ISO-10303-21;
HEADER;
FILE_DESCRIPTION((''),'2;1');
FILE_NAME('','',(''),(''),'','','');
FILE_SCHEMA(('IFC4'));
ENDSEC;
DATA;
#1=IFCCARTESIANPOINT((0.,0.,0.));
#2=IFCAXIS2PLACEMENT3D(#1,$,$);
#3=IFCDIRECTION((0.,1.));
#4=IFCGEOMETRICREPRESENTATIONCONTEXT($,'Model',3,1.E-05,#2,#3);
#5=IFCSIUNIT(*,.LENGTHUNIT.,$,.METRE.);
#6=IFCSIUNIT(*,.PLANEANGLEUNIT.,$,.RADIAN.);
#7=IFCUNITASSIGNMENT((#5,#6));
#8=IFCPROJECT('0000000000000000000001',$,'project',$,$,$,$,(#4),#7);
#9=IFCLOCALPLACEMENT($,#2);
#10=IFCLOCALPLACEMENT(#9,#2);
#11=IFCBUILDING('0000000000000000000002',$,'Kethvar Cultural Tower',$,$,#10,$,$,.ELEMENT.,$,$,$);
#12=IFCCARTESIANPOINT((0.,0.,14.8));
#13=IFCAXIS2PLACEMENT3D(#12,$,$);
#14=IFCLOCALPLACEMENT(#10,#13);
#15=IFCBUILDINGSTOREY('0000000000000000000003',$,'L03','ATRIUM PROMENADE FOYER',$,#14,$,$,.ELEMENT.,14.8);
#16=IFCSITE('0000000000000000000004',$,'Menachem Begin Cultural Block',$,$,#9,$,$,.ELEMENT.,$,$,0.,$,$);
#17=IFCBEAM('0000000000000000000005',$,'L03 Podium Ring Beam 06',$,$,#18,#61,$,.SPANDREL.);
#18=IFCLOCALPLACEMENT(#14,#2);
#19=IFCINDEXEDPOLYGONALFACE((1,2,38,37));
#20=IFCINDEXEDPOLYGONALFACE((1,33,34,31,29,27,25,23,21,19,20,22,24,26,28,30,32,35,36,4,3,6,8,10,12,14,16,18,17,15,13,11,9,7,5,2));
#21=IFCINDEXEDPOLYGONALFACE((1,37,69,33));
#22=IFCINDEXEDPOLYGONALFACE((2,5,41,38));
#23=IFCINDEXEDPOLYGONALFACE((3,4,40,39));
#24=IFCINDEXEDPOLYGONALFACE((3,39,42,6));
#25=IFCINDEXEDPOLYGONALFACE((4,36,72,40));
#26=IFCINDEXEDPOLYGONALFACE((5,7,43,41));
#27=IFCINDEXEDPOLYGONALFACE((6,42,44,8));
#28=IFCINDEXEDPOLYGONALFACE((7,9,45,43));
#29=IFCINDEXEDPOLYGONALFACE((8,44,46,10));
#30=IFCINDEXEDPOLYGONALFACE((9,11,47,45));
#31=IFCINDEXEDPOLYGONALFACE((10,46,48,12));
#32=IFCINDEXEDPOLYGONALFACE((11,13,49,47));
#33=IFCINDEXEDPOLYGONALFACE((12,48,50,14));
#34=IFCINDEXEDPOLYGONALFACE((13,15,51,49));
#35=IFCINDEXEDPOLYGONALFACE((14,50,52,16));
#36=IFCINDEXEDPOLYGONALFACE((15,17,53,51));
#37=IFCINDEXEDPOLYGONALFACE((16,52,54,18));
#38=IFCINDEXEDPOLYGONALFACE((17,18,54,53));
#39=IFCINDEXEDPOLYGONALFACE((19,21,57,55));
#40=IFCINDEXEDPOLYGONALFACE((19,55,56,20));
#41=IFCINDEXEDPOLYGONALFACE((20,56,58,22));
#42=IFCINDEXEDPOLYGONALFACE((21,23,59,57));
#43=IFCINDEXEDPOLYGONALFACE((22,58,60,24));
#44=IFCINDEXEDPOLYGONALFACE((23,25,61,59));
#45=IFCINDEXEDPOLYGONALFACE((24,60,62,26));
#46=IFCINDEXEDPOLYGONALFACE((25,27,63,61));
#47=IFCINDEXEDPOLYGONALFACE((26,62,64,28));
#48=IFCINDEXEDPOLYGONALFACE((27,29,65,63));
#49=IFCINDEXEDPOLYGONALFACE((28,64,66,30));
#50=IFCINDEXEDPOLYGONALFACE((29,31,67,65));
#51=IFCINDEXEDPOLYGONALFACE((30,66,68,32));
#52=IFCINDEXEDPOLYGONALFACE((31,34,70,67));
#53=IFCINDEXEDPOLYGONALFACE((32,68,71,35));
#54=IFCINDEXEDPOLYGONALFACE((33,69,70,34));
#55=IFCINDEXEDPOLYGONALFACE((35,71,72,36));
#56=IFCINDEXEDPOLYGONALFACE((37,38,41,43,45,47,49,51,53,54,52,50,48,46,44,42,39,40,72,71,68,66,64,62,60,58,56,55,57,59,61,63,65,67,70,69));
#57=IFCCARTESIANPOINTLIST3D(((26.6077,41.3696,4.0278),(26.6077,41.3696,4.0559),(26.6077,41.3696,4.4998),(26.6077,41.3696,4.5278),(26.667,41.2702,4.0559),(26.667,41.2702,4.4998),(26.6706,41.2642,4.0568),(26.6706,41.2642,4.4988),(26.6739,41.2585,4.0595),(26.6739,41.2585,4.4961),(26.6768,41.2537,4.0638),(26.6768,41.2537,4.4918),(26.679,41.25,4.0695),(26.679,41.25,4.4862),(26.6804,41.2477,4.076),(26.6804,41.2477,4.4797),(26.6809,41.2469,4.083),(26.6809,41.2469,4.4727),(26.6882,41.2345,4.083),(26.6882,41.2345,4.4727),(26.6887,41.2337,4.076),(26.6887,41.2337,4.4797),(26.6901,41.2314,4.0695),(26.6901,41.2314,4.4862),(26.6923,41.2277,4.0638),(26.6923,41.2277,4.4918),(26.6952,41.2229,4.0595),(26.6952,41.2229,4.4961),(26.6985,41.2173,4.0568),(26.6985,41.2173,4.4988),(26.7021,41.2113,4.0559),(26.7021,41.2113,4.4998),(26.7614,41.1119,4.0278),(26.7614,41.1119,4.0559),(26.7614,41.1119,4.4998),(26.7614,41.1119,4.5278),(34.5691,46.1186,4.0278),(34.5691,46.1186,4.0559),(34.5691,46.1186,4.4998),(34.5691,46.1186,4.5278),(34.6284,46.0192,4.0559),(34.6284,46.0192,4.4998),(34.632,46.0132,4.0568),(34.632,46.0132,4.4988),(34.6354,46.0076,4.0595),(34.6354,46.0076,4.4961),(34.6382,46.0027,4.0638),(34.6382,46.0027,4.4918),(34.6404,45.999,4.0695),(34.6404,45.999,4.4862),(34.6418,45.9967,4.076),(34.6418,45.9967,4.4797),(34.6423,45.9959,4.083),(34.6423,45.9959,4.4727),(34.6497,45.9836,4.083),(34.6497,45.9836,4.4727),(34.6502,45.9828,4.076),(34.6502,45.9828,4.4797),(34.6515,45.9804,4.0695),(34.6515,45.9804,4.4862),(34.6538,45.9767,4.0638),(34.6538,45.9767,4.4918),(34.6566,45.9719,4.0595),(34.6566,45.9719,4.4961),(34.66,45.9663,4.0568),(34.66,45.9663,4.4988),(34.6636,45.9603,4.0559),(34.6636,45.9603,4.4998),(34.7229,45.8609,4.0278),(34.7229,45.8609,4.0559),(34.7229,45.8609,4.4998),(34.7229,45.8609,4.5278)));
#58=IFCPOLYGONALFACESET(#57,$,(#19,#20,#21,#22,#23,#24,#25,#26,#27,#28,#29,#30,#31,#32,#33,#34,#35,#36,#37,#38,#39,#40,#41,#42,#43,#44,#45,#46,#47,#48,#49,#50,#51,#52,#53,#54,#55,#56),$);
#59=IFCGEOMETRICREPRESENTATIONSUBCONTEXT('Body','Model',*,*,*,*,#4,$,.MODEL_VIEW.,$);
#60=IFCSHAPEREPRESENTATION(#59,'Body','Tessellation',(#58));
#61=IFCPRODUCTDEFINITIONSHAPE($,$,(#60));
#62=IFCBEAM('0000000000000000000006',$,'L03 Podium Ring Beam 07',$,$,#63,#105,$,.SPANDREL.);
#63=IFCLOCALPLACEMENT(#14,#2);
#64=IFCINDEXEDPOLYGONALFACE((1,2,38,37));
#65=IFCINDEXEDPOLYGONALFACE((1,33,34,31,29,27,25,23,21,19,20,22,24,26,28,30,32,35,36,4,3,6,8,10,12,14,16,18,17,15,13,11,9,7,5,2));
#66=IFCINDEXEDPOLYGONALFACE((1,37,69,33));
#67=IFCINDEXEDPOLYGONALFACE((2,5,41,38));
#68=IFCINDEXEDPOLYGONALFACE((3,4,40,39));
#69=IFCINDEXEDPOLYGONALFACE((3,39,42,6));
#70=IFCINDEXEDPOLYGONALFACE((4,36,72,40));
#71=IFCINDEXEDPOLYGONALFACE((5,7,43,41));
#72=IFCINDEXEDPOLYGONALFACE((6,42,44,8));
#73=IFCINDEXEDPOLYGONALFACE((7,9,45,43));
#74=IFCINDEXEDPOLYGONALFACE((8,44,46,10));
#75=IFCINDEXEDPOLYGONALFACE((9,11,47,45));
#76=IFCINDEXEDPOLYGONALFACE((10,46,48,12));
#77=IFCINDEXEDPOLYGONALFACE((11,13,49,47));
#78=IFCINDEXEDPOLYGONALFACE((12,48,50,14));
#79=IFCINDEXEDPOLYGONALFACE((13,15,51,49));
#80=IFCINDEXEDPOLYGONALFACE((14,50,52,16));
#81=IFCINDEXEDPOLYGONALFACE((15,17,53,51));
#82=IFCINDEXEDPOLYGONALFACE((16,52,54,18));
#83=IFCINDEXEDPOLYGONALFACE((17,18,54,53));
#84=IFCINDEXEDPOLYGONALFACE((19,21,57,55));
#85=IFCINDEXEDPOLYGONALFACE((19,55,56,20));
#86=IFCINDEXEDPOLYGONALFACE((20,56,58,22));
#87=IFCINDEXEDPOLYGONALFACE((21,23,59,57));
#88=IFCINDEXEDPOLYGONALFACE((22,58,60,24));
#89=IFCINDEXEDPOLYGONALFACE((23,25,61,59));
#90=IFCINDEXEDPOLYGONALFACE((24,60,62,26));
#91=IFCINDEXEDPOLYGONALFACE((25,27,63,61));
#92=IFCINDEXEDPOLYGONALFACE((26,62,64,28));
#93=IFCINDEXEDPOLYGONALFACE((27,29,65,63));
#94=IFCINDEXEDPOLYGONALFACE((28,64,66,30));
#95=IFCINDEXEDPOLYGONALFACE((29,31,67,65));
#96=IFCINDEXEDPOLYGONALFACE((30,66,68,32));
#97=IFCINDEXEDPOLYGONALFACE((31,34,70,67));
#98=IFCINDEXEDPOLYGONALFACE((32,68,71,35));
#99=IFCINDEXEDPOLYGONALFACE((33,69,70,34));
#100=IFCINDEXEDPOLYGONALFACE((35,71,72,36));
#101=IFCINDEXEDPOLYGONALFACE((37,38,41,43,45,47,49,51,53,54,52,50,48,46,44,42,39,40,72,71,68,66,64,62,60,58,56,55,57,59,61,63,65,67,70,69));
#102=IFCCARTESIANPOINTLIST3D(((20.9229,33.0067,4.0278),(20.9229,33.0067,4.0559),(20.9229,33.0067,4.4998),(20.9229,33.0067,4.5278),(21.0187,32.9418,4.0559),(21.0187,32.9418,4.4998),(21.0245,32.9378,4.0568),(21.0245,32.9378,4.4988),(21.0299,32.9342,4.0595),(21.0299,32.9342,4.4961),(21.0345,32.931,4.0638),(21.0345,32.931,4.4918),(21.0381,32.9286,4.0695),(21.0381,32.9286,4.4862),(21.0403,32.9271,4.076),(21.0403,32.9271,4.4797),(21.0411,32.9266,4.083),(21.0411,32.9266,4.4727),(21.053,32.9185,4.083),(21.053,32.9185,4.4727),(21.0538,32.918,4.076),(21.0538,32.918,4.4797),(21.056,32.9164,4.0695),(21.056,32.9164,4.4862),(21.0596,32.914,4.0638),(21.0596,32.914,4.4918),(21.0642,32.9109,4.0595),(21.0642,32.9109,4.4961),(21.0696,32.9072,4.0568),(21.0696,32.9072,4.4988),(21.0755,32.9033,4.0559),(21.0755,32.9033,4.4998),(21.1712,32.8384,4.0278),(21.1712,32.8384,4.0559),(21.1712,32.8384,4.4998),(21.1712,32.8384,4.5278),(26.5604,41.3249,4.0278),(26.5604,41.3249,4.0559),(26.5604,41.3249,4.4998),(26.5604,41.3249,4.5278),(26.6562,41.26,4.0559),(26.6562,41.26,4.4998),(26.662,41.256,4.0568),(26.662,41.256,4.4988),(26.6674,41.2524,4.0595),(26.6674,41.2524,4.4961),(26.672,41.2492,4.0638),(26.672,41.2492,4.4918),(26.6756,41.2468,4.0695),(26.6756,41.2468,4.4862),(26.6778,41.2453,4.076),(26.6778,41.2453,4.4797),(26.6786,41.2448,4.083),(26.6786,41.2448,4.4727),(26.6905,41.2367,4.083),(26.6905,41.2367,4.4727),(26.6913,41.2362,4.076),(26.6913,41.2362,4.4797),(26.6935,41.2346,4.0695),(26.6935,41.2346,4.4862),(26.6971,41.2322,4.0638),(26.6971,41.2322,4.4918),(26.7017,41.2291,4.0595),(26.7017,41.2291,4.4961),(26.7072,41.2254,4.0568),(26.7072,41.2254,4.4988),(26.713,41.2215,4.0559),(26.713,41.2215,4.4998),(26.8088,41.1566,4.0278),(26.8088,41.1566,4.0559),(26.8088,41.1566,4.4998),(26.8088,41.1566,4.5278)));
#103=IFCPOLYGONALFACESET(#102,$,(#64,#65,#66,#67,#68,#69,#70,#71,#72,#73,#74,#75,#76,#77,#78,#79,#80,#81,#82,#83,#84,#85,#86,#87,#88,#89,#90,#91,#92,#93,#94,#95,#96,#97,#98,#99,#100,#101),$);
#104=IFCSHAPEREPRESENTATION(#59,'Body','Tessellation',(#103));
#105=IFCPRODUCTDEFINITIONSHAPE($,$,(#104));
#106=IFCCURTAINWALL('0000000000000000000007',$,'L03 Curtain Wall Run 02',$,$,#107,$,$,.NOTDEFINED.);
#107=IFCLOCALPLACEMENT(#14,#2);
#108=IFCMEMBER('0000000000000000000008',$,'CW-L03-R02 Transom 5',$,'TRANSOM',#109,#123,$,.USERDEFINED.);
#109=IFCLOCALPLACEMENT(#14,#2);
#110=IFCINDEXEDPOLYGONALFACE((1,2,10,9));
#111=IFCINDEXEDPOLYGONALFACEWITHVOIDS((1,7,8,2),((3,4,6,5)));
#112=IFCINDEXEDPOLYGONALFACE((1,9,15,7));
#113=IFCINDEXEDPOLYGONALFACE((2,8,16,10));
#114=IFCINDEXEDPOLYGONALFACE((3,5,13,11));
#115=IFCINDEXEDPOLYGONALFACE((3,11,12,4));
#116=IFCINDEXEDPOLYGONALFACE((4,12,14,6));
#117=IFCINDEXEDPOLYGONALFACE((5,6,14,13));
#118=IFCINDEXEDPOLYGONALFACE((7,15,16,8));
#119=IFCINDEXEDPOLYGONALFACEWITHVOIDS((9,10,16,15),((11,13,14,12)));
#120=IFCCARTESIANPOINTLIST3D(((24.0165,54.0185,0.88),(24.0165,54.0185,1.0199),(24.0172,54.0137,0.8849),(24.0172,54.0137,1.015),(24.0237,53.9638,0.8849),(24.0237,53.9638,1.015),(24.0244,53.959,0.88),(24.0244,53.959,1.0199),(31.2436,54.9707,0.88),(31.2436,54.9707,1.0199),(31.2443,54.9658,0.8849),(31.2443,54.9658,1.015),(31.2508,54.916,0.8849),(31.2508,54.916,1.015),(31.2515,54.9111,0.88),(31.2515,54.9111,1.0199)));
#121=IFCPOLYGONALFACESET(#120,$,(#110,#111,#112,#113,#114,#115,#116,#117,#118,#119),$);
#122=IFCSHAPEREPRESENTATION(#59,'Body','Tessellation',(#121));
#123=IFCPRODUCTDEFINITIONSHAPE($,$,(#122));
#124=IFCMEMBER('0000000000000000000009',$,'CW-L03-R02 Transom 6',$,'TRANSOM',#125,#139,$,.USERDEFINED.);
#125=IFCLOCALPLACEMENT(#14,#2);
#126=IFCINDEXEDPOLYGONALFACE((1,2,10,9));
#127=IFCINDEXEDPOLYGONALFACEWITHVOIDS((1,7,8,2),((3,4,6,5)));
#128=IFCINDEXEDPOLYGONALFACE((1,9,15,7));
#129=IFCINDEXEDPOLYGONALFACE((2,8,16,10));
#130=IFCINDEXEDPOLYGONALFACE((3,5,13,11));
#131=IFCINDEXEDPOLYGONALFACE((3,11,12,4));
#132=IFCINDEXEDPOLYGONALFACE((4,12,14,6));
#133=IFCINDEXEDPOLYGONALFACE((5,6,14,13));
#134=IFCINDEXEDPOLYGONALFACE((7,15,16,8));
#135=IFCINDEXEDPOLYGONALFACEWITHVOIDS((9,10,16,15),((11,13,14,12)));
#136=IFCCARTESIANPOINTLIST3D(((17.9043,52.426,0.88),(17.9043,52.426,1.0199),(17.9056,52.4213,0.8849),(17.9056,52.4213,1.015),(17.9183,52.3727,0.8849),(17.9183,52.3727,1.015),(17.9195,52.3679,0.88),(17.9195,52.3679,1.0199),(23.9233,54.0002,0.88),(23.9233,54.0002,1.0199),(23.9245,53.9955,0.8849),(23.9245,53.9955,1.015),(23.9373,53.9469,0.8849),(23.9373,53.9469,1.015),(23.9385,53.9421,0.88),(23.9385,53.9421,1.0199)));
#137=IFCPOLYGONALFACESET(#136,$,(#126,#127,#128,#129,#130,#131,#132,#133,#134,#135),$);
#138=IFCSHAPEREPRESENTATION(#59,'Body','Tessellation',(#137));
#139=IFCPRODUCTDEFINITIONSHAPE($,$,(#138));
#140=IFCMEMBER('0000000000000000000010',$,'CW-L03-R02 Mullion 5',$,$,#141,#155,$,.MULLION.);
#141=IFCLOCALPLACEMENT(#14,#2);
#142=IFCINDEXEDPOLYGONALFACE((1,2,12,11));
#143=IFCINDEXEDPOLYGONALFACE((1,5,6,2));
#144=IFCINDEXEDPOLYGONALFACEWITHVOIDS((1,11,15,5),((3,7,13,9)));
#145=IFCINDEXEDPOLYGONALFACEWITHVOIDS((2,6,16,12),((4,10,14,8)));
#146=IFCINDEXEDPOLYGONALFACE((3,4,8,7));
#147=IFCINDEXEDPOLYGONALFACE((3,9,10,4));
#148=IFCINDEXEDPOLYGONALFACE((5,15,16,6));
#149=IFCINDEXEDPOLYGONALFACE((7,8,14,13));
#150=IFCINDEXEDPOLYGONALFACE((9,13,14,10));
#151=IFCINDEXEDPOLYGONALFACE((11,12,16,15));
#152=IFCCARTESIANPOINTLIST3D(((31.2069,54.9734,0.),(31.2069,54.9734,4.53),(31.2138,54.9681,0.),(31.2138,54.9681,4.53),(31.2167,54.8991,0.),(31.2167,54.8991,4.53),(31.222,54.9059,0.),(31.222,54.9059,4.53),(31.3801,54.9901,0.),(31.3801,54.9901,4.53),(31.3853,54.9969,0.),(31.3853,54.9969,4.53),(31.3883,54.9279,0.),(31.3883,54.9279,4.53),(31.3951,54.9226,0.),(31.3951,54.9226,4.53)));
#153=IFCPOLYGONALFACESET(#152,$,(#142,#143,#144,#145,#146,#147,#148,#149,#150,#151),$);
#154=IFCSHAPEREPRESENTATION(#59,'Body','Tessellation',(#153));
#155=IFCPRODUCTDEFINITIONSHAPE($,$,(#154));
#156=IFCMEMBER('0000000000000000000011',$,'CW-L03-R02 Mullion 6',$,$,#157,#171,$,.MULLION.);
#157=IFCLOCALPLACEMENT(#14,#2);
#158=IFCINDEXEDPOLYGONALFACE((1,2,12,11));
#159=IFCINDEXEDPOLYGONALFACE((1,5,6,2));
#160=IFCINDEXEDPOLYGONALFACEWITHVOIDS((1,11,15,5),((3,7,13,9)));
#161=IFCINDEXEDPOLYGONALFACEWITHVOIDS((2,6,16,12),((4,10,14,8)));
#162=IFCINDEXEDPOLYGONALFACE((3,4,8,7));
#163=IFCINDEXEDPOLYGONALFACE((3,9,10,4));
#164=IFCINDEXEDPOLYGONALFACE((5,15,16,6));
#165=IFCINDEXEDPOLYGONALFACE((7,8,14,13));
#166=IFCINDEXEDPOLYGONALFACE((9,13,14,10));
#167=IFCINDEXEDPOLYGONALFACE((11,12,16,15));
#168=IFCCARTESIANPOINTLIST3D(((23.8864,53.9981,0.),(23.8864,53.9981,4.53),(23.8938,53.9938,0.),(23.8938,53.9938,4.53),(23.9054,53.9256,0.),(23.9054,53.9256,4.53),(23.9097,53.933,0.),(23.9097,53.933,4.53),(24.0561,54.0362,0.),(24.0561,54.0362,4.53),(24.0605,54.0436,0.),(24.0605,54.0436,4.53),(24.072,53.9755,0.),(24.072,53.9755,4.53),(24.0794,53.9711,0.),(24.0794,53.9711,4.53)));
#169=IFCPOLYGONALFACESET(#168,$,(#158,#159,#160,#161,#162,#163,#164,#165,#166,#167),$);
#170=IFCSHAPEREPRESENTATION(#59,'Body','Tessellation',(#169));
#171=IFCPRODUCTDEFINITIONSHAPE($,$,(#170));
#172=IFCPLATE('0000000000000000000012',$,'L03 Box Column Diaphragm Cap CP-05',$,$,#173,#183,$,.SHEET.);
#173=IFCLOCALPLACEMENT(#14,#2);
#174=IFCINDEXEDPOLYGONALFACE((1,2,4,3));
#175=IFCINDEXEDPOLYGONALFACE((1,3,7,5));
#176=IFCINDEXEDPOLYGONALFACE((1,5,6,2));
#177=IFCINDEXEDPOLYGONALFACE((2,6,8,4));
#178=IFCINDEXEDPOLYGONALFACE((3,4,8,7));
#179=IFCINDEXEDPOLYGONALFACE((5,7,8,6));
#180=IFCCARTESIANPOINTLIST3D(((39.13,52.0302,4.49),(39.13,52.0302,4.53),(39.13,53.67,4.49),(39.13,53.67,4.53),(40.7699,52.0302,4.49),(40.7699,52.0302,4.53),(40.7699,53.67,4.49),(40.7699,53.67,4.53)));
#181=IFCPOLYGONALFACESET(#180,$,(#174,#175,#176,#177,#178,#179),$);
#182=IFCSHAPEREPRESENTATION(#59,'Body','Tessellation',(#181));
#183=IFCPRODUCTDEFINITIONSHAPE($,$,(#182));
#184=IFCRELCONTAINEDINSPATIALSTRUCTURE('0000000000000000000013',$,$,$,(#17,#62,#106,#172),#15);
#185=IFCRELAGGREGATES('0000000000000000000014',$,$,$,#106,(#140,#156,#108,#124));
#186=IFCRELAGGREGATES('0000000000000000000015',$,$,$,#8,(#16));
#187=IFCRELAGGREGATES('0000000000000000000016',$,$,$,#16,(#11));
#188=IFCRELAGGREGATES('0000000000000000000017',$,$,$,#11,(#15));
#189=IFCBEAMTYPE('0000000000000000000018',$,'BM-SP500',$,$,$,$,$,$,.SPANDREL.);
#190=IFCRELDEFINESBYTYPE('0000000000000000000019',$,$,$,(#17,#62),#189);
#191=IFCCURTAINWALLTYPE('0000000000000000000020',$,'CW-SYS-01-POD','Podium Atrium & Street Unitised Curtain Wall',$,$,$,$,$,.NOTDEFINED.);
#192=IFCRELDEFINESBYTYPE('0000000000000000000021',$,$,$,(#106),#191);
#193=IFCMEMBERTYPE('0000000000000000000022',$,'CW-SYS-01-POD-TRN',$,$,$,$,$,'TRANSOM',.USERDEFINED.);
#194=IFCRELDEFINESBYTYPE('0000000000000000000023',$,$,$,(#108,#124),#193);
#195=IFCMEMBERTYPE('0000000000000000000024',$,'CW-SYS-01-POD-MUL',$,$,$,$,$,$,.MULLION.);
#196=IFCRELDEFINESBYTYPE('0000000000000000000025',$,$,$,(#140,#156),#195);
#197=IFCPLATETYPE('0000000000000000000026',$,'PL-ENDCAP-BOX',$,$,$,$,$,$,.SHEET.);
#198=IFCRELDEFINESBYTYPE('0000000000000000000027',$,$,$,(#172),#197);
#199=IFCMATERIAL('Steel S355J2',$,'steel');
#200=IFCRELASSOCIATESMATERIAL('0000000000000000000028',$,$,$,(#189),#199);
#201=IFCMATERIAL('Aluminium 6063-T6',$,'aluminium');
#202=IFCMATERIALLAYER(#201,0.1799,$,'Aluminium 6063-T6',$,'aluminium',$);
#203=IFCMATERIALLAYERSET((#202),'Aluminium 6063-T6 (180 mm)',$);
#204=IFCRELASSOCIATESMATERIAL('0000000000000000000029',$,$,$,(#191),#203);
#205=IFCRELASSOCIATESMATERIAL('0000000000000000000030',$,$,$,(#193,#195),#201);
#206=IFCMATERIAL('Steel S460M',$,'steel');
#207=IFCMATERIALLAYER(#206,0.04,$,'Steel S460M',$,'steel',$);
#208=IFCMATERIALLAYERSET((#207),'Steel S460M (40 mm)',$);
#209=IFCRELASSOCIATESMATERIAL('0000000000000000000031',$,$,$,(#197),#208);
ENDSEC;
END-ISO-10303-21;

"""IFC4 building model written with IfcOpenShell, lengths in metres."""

from ifc_helpers import new_model, si_unit, direction, frame, origin, origin_2d, place, context, subcontext, project, spatial, rectangle, hollow_rectangle, i_section, extrude, source, transform, mapped, material, layer, layer_set, material_profile, profile_set, type_object, element, aggregate, save


model = new_model("IFC4")

# Units and contexts
model_context = context("Model", 3, precision=1e-05, world=origin(), true_north=direction((0.0, 1.0)))
body_context = subcontext(model_context, "Body", "Model", "MODEL_VIEW")
ifc_project = project(units=[si_unit("LENGTHUNIT", "METRE"), si_unit("PLANEANGLEUNIT", "RADIAN")], contexts=[model_context])

# Site, building, storey
site_placement = place(None, origin())
site = spatial("IfcSite", under=ifc_project, at=site_placement, Name="Menachem Begin Cultural Block", CompositionType="ELEMENT", RefElevation=0.0)
building_placement = place(site_placement, origin())
building = spatial("IfcBuilding", under=site, at=building_placement, Name="Kethvar Cultural Tower", CompositionType="ELEMENT")
storey_placement = place(building_placement, frame((0.0, 0.0, 14.8)))
storey = spatial("IfcBuildingStorey", under=building, at=storey_placement, Name="L03", Description="ATRIUM PROMENADE FOYER", CompositionType="ELEMENT", Elevation=14.8)

# Shared definitions
ifc_material_1 = material(Name="Steel S460M", Category="steel")

# Beams
ifc_material_2 = material(Name="Steel S355J2", Category="steel")
ifc_material_profile_1 = material_profile(ifc_material_2, i_section(OverallWidth=0.3, OverallDepth=0.5, WebThickness=0.0144, FlangeThickness=0.0281, FilletRadius=0.0271, at=origin_2d()), Name="Steel S355J2 — HEB500")
ifc_profile_set_1 = profile_set([ifc_material_profile_1], Name="Steel S355J2 — HEB500")
beam_type = type_object("IfcBeamType", Name="BM-SP500", PredefinedType="SPANDREL", material=ifc_profile_set_1)
shared_shape_1 = source(origin(), body_context, "Body", "SweptSolid", [
    extrude(i_section(OverallWidth=0.3, OverallDepth=0.5, WebThickness=0.0144, FlangeThickness=0.0281, FilletRadius=0.0271, at=origin_2d()), origin(), (0.0, 0.0, 1.0), 9.2703),
])
beam_1_placement = place(storey_placement, frame((34.646, 45.9897, 4.2778), z_axis=(-0.858815, -0.512286, 0.0), x_axis=(0.512286, -0.858815, 0.0)))
element("IfcBeam", 1, at=beam_1_placement, inside=storey, type_object=beam_type, Name="L03 Podium Ring Beam 06", PredefinedType="SPANDREL", context=body_context, shape_type="MappedRepresentation", body=[
    mapped(shared_shape_1, transform((0.0, 0.0, 0.0), scale=1.0)),
])
shared_shape_2 = source(origin(), body_context, "Body", "SweptSolid", [
    extrude(i_section(OverallWidth=0.3, OverallDepth=0.5, WebThickness=0.0144, FlangeThickness=0.0281, FilletRadius=0.0271, at=origin_2d()), origin(), (0.0, 0.0, 1.0), 10.0486),
])
beam_2_placement = place(storey_placement, frame((26.6846, 41.2407, 4.2778), z_axis=(-0.561025, -0.827799, 0.0), x_axis=(0.827799, -0.561025, 0.0)))
element("IfcBeam", 2, at=beam_2_placement, inside=storey, type_object=beam_type, Name="L03 Podium Ring Beam 07", PredefinedType="SPANDREL", context=body_context, shape_type="MappedRepresentation", body=[
    mapped(shared_shape_2, transform((0.0, 0.0, 0.0), scale=1.0)),
])

# Curtain wall, members
ifc_material_3 = material(Name="Aluminium 6063-T6", Category="aluminium")
ifc_layer_1 = layer(ifc_material_3, 0.1799, Name="Aluminium 6063-T6", Category="aluminium")
ifc_layer_set_1 = layer_set([ifc_layer_1], Name="Aluminium 6063-T6 (180 mm)")
curtain_wall_type = type_object("IfcCurtainWallType", Name="CW-SYS-01-POD", Description="Podium Atrium & Street Unitised Curtain Wall", PredefinedType="NOTDEFINED", material=ifc_layer_set_1)
curtain_wall_placement = place(storey_placement, origin())
curtain_wall = element("IfcCurtainWall", 3, at=curtain_wall_placement, inside=storey, type_object=curtain_wall_type, Name="L03 Curtain Wall Run 02", PredefinedType="NOTDEFINED")
ifc_material_profile_2 = material_profile(ifc_material_3, hollow_rectangle(XDim=0.0601, YDim=0.1399, WallThickness=0.0049, at=origin_2d()), Name="Aluminium 6063-T6 — RHS140x60x5")
ifc_profile_set_2 = profile_set([ifc_material_profile_2], Name="Aluminium 6063-T6 — RHS140x60x5")
member_type_1 = type_object("IfcMemberType", Name="CW-SYS-01-POD-TRN", ElementType="TRANSOM", PredefinedType="USERDEFINED", material=ifc_profile_set_2)
shared_shape_3 = source(origin(), body_context, "Body", "SweptSolid", [
    extrude(hollow_rectangle(XDim=0.0601, YDim=0.1399, WallThickness=0.0049, at=origin_2d()), origin(), (0.0, 0.0, 1.0), 7.2896),
])
member_1_placement = place(storey_placement, frame((31.2476, 54.9409, 0.95), z_axis=(-0.991433, -0.130619, 0.0), x_axis=(0.130619, -0.991433, 0.0)))
member_1 = element("IfcMember", 4, at=member_1_placement, type_object=member_type_1, Name="CW-L03-R02 Transom 5", ObjectType="TRANSOM", PredefinedType="USERDEFINED", context=body_context, shape_type="MappedRepresentation", body=[
    mapped(shared_shape_3, transform((0.0, 0.0, 0.0), scale=1.0)),
])
shared_shape_4 = source(origin(), body_context, "Body", "SweptSolid", [
    extrude(hollow_rectangle(XDim=0.0601, YDim=0.1399, WallThickness=0.0049, at=origin_2d()), origin(), (0.0, 0.0, 1.0), 6.2214),
])
member_2_placement = place(storey_placement, frame((23.9309, 53.9712, 0.95), z_axis=(-0.967459, -0.253029, 0.0), x_axis=(0.253029, -0.967459, 0.0)))
member_2 = element("IfcMember", 5, at=member_2_placement, type_object=member_type_1, Name="CW-L03-R02 Transom 6", ObjectType="TRANSOM", PredefinedType="USERDEFINED", context=body_context, shape_type="MappedRepresentation", body=[
    mapped(shared_shape_4, transform((0.0, 0.0, 0.0), scale=1.0)),
])
ifc_material_profile_3 = material_profile(ifc_material_3, hollow_rectangle(XDim=0.075, YDim=0.1799, WallThickness=0.0061, at=origin_2d()), Name="Aluminium 6063-T6 — RHS180x75x6")
ifc_profile_set_3 = profile_set([ifc_material_profile_3], Name="Aluminium 6063-T6 — RHS180x75x6")
member_type_2 = type_object("IfcMemberType", Name="CW-SYS-01-POD-MUL", PredefinedType="MULLION", material=ifc_profile_set_3)
shared_shape_5 = source(origin(), body_context, "Body", "SweptSolid", [
    extrude(hollow_rectangle(XDim=0.075, YDim=0.1799, WallThickness=0.0061, at=origin_2d()), origin(), (0.0, 0.0, 1.0), 4.53),
])
member_3_placement = place(storey_placement, frame((31.301, 54.948, 0.0), z_axis=(0.0, 0.0, 1.0), x_axis=(0.130647, -0.991429, 0.0)))
member_3 = element("IfcMember", 6, at=member_3_placement, type_object=member_type_2, Name="CW-L03-R02 Mullion 5", PredefinedType="MULLION", context=body_context, shape_type="MappedRepresentation", body=[
    mapped(shared_shape_5, transform((0.0, 0.0, 0.0), scale=1.0)),
])
member_4_placement = place(storey_placement, frame((23.9829, 53.9846, 0.0), z_axis=(0.0, 0.0, 1.0), x_axis=(0.253032, -0.967458, 0.0)))
member_4 = element("IfcMember", 7, at=member_4_placement, type_object=member_type_2, Name="CW-L03-R02 Mullion 6", PredefinedType="MULLION", context=body_context, shape_type="MappedRepresentation", body=[
    mapped(shared_shape_5, transform((0.0, 0.0, 0.0), scale=1.0)),
])

# Plate
ifc_layer_2 = layer(ifc_material_1, 0.04, Name="Steel S460M", Category="steel")
ifc_layer_set_2 = layer_set([ifc_layer_2], Name="Steel S460M (40 mm)")
plate_type_1 = type_object("IfcPlateType", Name="PL-ENDCAP-BOX", PredefinedType="SHEET", material=ifc_layer_set_2)
shared_shape_6 = source(origin(), body_context, "Body", "SweptSolid", [
    extrude(rectangle(XDim=1.6399, YDim=1.6399, at=origin_2d()), origin(), (0.0, 0.0, 1.0), 0.04),
])
for number, where, z_axis, x_axis, name in (
    (8, (39.95, 52.8501, 4.49), (0.0, 0.0, 1.0), (1.0, 0.0, 0.0), "L03 Box Column Diaphragm Cap CP-05"),
):
    element("IfcPlate", number, at=place(storey_placement, frame(where, z_axis=z_axis, x_axis=x_axis)), inside=storey, type_object=plate_type_1, Name=name, PredefinedType="SHEET", context=body_context, shape_type="MappedRepresentation", body=[
        mapped(shared_shape_6, transform((0.0, 0.0, 0.0), scale=1.0)),
    ])

aggregate(curtain_wall, [member_3, member_4, member_1, member_2])

save(model, "model.ifc")
